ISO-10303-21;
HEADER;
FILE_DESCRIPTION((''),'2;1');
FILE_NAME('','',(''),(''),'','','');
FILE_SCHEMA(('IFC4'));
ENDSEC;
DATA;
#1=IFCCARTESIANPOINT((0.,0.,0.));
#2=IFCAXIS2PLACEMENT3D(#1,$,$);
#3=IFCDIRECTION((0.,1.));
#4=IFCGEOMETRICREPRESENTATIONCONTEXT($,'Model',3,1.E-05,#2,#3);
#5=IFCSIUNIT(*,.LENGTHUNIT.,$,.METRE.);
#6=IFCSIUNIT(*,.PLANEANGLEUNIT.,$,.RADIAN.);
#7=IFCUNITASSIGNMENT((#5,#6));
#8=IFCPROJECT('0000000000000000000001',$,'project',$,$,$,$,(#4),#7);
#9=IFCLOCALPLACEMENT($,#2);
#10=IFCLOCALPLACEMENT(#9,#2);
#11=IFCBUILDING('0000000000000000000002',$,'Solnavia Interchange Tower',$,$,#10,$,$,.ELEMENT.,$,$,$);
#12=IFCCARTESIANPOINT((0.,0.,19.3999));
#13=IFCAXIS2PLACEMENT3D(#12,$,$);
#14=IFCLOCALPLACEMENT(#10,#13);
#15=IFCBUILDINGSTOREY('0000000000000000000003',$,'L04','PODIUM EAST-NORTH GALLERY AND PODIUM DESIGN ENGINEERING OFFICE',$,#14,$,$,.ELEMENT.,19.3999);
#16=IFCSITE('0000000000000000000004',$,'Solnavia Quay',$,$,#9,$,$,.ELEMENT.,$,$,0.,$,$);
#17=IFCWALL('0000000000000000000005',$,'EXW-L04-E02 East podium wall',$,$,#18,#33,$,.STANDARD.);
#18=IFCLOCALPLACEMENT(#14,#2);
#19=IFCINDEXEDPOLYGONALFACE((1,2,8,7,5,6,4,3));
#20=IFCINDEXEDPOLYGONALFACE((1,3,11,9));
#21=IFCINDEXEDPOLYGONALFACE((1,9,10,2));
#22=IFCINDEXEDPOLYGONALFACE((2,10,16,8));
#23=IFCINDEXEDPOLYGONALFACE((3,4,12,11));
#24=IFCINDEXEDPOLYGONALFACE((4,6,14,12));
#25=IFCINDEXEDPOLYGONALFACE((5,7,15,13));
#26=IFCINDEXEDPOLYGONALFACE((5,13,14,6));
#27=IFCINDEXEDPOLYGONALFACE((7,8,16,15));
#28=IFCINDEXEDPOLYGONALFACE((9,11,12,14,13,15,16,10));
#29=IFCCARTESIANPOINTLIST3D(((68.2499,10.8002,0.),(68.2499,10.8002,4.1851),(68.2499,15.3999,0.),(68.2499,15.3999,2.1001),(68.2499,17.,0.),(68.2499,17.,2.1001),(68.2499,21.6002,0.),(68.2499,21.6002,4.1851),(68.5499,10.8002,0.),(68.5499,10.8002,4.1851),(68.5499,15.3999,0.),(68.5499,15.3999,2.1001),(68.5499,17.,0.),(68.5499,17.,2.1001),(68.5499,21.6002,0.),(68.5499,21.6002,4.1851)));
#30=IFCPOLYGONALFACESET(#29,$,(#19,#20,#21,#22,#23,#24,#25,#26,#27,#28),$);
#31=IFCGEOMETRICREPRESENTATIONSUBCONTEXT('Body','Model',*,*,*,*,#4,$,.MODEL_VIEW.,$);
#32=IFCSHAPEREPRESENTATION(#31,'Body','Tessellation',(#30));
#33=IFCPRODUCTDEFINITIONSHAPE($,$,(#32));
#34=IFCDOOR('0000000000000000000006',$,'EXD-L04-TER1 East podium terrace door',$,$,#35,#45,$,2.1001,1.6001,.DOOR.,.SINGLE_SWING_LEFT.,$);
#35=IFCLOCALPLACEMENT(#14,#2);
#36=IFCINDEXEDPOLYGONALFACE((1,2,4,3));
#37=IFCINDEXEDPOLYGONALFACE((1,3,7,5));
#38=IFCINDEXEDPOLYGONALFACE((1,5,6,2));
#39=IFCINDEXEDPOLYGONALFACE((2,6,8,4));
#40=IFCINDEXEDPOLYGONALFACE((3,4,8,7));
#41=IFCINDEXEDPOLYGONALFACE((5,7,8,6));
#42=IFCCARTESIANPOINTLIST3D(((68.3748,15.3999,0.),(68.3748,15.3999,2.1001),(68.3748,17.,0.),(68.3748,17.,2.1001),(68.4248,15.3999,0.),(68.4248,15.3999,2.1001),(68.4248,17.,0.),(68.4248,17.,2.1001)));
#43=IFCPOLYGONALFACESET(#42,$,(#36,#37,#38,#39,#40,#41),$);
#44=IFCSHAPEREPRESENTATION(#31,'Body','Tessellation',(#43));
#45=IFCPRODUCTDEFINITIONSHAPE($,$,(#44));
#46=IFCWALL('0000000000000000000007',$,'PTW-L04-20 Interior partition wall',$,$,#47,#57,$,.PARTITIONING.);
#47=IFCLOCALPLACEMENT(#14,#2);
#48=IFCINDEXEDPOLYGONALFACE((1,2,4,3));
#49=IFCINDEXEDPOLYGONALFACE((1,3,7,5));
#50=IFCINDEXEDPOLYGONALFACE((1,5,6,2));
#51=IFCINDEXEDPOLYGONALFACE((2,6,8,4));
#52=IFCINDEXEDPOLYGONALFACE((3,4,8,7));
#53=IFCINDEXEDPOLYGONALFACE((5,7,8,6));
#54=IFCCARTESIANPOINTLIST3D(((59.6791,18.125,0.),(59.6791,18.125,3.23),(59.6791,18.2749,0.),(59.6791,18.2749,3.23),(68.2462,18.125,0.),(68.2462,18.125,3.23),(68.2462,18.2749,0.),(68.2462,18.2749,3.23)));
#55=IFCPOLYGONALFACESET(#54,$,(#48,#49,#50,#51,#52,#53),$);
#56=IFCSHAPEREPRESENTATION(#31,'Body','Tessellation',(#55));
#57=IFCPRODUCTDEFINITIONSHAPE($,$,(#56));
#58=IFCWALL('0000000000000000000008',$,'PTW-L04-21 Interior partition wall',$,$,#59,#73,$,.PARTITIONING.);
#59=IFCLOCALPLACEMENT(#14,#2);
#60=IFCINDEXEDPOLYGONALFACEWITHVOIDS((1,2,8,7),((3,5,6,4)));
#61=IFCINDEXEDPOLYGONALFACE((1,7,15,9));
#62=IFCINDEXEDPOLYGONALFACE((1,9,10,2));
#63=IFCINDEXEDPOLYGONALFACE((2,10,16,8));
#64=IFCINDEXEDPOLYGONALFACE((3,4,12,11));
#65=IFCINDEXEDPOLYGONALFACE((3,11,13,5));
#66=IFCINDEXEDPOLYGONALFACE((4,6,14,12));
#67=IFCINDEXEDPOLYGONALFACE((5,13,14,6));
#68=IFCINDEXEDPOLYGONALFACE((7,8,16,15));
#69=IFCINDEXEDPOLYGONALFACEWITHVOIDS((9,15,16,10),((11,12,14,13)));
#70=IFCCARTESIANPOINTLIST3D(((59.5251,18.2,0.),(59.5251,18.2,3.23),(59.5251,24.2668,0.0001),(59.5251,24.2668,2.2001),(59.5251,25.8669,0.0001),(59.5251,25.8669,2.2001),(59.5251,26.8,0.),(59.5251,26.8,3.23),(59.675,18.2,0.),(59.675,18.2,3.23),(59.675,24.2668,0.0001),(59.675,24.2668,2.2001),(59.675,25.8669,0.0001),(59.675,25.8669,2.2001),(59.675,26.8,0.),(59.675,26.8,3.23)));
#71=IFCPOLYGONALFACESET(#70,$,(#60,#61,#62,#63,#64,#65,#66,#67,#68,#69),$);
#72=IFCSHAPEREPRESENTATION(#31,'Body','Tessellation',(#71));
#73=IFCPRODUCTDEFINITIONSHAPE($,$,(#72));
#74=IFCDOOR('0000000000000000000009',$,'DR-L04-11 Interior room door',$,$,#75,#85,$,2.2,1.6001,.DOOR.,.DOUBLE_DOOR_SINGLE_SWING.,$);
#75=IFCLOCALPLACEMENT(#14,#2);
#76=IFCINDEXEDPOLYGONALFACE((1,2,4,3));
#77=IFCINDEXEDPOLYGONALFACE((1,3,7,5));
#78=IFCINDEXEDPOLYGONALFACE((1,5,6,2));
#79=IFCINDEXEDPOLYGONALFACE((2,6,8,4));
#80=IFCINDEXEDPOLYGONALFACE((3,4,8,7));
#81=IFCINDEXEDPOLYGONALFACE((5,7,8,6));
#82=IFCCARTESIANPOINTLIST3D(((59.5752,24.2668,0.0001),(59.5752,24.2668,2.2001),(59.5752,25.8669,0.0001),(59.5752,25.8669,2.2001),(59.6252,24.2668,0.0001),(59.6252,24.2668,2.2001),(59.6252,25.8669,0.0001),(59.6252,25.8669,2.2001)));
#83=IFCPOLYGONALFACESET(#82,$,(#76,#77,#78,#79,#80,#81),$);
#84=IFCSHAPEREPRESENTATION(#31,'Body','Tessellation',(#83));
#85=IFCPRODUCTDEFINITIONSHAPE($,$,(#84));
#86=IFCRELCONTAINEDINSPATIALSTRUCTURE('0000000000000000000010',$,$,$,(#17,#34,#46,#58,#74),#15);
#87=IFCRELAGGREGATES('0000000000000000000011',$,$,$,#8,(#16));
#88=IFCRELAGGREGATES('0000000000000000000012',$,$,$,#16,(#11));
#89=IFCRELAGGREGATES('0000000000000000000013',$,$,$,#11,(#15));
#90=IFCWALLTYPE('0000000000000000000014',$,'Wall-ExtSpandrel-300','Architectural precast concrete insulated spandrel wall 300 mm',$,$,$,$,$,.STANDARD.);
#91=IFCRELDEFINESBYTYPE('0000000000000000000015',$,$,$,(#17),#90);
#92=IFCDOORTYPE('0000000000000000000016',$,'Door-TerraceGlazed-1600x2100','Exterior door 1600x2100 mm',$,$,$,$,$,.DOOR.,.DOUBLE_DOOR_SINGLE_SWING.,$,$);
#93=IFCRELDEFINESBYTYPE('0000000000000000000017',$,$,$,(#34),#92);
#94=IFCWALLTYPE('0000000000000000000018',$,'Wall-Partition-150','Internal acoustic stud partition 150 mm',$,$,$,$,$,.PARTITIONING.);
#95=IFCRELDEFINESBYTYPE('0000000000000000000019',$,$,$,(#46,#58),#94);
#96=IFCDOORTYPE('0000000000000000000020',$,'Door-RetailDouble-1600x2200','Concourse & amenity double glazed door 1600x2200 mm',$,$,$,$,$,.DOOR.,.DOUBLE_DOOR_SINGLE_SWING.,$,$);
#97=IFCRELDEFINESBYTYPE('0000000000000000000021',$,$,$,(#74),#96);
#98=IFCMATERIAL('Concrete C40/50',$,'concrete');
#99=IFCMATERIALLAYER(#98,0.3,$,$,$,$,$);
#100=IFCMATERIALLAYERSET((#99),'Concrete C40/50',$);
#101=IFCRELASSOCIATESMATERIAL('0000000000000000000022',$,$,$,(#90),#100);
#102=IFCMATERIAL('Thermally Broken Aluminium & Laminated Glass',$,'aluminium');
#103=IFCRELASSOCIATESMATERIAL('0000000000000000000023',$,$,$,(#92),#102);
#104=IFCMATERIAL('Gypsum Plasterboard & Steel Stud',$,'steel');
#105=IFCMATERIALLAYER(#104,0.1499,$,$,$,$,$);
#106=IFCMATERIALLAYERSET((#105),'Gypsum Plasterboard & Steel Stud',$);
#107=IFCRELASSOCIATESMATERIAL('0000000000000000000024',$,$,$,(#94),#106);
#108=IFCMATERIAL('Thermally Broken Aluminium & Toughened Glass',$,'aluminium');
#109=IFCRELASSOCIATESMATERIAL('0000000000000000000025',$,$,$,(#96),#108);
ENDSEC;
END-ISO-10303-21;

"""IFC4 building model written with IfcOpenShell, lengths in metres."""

from ifc_helpers import new_model, si_unit, direction, frame, frame_2d, origin, place, context, subcontext, project, spatial, rectangle, extrude, material, layer, layer_set, type_object, element, fill, save


model = new_model("IFC4")

# Units and contexts
model_context = context("Model", 3, precision=1e-05, world=origin(), true_north=direction((0.0, 1.0)))
body_context = subcontext(model_context, "Body", "Model", "MODEL_VIEW")
ifc_project = project(units=[si_unit("LENGTHUNIT", "METRE"), si_unit("PLANEANGLEUNIT", "RADIAN")], contexts=[model_context])

# Site, building, storey
site_placement = place(None, origin())
site = spatial("IfcSite", under=ifc_project, at=site_placement, Name="Solnavia Quay", CompositionType="ELEMENT", RefElevation=0.0)
building_placement = place(site_placement, origin())
building = spatial("IfcBuilding", under=site, at=building_placement, Name="Solnavia Interchange Tower", CompositionType="ELEMENT")
storey_placement = place(building_placement, frame((0.0, 0.0, 19.3999)))
storey = spatial("IfcBuildingStorey", under=building, at=storey_placement, Name="L04", Description="PODIUM EAST-NORTH GALLERY AND PODIUM DESIGN ENGINEERING OFFICE", CompositionType="ELEMENT", Elevation=19.3999)

# Shared definitions
ifc_material_1 = material(Name="Concrete C40/50", Category="concrete")
ifc_layer_1 = layer(ifc_material_1, 0.3)
ifc_layer_set_1 = layer_set([ifc_layer_1], Name="Concrete C40/50")
wall_type_1 = type_object("IfcWallType", Name="Wall-ExtSpandrel-300", Description="Architectural precast concrete insulated spandrel wall 300 mm", PredefinedType="STANDARD", material=ifc_layer_set_1)

# Wall, opening, door
wall_1_placement = place(storey_placement, frame((68.3999, 21.6001, 0.0), z_axis=(0.0, 0.0, 1.0), x_axis=(0.0, -1.0, 0.0)))
wall_1 = element("IfcWall", 1, at=wall_1_placement, inside=storey, type_object=wall_type_1, Name="EXW-L04-E02 East podium wall", PredefinedType="STANDARD", context=body_context, shape_type="SweptSolid", body=[
    extrude(rectangle(XDim=10.8, YDim=0.3, at=frame_2d((5.3999, 0.0))), origin(), (0.0, 0.0, 1.0), 4.1851),
])
opening_1_placement = place(wall_1_placement, frame((4.6001, 0.0, 0.0)))
opening_1 = element("IfcOpeningElement", 2, at=opening_1_placement, cuts=wall_1, PredefinedType="OPENING", context=body_context, shape_type="SweptSolid", body=[
    extrude(rectangle(XDim=1.6001, YDim=2.1001, at=frame_2d((0.8, 1.05))), frame((0.0, 0.1602, 0.0), z_axis=(0.0, -1.0, 0.0), x_axis=(1.0, 0.0, 0.0)), (0.0, 0.0, 1.0), 0.3201),
])
ifc_material_2 = material(Name="Thermally Broken Aluminium & Laminated Glass", Category="aluminium")
door_type_1 = type_object("IfcDoorType", Name="Door-TerraceGlazed-1600x2100", Description="Exterior door 1600x2100 mm", OperationType="DOUBLE_DOOR_SINGLE_SWING", PredefinedType="DOOR", material=ifc_material_2)
door_1_placement = place(opening_1_placement, origin())
door_1 = element("IfcDoor", 3, at=door_1_placement, inside=storey, type_object=door_type_1, Name="EXD-L04-TER1 East podium terrace door", OperationType="SINGLE_SWING_LEFT", OverallHeight=2.1001, OverallWidth=1.6001, PredefinedType="DOOR", context=body_context, shape_type="SweptSolid", body=[
    extrude(rectangle(XDim=1.6001, YDim=2.1001, at=frame_2d((0.8, 1.05))), frame((0.0, 0.0249, 0.0), z_axis=(0.0, -1.0, 0.0), x_axis=(1.0, 0.0, 0.0)), (0.0, 0.0, 1.0), 0.05),
])
fill(opening_1, door_1)

# Wall
ifc_material_3 = material(Name="Gypsum Plasterboard & Steel Stud", Category="steel")
ifc_layer_2 = layer(ifc_material_3, 0.1499)
ifc_layer_set_2 = layer_set([ifc_layer_2], Name="Gypsum Plasterboard & Steel Stud")
wall_type_2 = type_object("IfcWallType", Name="Wall-Partition-150", Description="Internal acoustic stud partition 150 mm", PredefinedType="PARTITIONING", material=ifc_layer_set_2)
wall_2_placement = place(storey_placement, frame((59.679, 18.2, 0.0), z_axis=(0.0, 0.0, 1.0), x_axis=(1.0, 0.0, 0.0)))
element("IfcWall", 4, at=wall_2_placement, inside=storey, type_object=wall_type_2, Name="PTW-L04-20 Interior partition wall", PredefinedType="PARTITIONING", context=body_context, shape_type="SweptSolid", body=[
    extrude(rectangle(XDim=8.5671, YDim=0.1499, at=frame_2d((4.2837, 0.0))), origin(), (0.0, 0.0, 1.0), 3.23),
])

# Wall, opening, door
wall_3_placement = place(storey_placement, frame((59.6001, 18.2, 0.0), z_axis=(0.0, 0.0, 1.0), x_axis=(0.0, 1.0, 0.0)))
wall_3 = element("IfcWall", 5, at=wall_3_placement, inside=storey, type_object=wall_type_2, Name="PTW-L04-21 Interior partition wall", PredefinedType="PARTITIONING", context=body_context, shape_type="SweptSolid", body=[
    extrude(rectangle(XDim=8.6001, YDim=0.1499, at=frame_2d((4.3, 0.0))), origin(), (0.0, 0.0, 1.0), 3.23),
])
opening_2_placement = place(wall_3_placement, frame((6.0669, 0.0, 0.0)))
opening_2 = element("IfcOpeningElement", 6, at=opening_2_placement, cuts=wall_3, PredefinedType="OPENING", context=body_context, shape_type="SweptSolid", body=[
    extrude(rectangle(XDim=1.6001, YDim=2.2, at=frame_2d((0.8, 1.1001))), frame((0.0, 0.085, 0.0), z_axis=(0.0, -1.0, 0.0), x_axis=(1.0, 0.0, 0.0)), (0.0, 0.0, 1.0), 0.1699),
])
ifc_material_4 = material(Name="Thermally Broken Aluminium & Toughened Glass", Category="aluminium")
door_type_2 = type_object("IfcDoorType", Name="Door-RetailDouble-1600x2200", Description="Concourse & amenity double glazed door 1600x2200 mm", OperationType="DOUBLE_DOOR_SINGLE_SWING", PredefinedType="DOOR", material=ifc_material_4)
door_2_placement = place(opening_2_placement, origin())
door_2 = element("IfcDoor", 7, at=door_2_placement, inside=storey, type_object=door_type_2, Name="DR-L04-11 Interior room door", OperationType="DOUBLE_DOOR_SINGLE_SWING", OverallHeight=2.2, OverallWidth=1.6001, PredefinedType="DOOR", context=body_context, shape_type="SweptSolid", body=[
    extrude(rectangle(XDim=1.6001, YDim=2.2, at=frame_2d((0.8, 1.1001))), frame((0.0, 0.0249, 0.0), z_axis=(0.0, -1.0, 0.0), x_axis=(1.0, 0.0, 0.0)), (0.0, 0.0, 1.0), 0.05),
])
fill(opening_2, door_2)

save(model, "model.ifc")
